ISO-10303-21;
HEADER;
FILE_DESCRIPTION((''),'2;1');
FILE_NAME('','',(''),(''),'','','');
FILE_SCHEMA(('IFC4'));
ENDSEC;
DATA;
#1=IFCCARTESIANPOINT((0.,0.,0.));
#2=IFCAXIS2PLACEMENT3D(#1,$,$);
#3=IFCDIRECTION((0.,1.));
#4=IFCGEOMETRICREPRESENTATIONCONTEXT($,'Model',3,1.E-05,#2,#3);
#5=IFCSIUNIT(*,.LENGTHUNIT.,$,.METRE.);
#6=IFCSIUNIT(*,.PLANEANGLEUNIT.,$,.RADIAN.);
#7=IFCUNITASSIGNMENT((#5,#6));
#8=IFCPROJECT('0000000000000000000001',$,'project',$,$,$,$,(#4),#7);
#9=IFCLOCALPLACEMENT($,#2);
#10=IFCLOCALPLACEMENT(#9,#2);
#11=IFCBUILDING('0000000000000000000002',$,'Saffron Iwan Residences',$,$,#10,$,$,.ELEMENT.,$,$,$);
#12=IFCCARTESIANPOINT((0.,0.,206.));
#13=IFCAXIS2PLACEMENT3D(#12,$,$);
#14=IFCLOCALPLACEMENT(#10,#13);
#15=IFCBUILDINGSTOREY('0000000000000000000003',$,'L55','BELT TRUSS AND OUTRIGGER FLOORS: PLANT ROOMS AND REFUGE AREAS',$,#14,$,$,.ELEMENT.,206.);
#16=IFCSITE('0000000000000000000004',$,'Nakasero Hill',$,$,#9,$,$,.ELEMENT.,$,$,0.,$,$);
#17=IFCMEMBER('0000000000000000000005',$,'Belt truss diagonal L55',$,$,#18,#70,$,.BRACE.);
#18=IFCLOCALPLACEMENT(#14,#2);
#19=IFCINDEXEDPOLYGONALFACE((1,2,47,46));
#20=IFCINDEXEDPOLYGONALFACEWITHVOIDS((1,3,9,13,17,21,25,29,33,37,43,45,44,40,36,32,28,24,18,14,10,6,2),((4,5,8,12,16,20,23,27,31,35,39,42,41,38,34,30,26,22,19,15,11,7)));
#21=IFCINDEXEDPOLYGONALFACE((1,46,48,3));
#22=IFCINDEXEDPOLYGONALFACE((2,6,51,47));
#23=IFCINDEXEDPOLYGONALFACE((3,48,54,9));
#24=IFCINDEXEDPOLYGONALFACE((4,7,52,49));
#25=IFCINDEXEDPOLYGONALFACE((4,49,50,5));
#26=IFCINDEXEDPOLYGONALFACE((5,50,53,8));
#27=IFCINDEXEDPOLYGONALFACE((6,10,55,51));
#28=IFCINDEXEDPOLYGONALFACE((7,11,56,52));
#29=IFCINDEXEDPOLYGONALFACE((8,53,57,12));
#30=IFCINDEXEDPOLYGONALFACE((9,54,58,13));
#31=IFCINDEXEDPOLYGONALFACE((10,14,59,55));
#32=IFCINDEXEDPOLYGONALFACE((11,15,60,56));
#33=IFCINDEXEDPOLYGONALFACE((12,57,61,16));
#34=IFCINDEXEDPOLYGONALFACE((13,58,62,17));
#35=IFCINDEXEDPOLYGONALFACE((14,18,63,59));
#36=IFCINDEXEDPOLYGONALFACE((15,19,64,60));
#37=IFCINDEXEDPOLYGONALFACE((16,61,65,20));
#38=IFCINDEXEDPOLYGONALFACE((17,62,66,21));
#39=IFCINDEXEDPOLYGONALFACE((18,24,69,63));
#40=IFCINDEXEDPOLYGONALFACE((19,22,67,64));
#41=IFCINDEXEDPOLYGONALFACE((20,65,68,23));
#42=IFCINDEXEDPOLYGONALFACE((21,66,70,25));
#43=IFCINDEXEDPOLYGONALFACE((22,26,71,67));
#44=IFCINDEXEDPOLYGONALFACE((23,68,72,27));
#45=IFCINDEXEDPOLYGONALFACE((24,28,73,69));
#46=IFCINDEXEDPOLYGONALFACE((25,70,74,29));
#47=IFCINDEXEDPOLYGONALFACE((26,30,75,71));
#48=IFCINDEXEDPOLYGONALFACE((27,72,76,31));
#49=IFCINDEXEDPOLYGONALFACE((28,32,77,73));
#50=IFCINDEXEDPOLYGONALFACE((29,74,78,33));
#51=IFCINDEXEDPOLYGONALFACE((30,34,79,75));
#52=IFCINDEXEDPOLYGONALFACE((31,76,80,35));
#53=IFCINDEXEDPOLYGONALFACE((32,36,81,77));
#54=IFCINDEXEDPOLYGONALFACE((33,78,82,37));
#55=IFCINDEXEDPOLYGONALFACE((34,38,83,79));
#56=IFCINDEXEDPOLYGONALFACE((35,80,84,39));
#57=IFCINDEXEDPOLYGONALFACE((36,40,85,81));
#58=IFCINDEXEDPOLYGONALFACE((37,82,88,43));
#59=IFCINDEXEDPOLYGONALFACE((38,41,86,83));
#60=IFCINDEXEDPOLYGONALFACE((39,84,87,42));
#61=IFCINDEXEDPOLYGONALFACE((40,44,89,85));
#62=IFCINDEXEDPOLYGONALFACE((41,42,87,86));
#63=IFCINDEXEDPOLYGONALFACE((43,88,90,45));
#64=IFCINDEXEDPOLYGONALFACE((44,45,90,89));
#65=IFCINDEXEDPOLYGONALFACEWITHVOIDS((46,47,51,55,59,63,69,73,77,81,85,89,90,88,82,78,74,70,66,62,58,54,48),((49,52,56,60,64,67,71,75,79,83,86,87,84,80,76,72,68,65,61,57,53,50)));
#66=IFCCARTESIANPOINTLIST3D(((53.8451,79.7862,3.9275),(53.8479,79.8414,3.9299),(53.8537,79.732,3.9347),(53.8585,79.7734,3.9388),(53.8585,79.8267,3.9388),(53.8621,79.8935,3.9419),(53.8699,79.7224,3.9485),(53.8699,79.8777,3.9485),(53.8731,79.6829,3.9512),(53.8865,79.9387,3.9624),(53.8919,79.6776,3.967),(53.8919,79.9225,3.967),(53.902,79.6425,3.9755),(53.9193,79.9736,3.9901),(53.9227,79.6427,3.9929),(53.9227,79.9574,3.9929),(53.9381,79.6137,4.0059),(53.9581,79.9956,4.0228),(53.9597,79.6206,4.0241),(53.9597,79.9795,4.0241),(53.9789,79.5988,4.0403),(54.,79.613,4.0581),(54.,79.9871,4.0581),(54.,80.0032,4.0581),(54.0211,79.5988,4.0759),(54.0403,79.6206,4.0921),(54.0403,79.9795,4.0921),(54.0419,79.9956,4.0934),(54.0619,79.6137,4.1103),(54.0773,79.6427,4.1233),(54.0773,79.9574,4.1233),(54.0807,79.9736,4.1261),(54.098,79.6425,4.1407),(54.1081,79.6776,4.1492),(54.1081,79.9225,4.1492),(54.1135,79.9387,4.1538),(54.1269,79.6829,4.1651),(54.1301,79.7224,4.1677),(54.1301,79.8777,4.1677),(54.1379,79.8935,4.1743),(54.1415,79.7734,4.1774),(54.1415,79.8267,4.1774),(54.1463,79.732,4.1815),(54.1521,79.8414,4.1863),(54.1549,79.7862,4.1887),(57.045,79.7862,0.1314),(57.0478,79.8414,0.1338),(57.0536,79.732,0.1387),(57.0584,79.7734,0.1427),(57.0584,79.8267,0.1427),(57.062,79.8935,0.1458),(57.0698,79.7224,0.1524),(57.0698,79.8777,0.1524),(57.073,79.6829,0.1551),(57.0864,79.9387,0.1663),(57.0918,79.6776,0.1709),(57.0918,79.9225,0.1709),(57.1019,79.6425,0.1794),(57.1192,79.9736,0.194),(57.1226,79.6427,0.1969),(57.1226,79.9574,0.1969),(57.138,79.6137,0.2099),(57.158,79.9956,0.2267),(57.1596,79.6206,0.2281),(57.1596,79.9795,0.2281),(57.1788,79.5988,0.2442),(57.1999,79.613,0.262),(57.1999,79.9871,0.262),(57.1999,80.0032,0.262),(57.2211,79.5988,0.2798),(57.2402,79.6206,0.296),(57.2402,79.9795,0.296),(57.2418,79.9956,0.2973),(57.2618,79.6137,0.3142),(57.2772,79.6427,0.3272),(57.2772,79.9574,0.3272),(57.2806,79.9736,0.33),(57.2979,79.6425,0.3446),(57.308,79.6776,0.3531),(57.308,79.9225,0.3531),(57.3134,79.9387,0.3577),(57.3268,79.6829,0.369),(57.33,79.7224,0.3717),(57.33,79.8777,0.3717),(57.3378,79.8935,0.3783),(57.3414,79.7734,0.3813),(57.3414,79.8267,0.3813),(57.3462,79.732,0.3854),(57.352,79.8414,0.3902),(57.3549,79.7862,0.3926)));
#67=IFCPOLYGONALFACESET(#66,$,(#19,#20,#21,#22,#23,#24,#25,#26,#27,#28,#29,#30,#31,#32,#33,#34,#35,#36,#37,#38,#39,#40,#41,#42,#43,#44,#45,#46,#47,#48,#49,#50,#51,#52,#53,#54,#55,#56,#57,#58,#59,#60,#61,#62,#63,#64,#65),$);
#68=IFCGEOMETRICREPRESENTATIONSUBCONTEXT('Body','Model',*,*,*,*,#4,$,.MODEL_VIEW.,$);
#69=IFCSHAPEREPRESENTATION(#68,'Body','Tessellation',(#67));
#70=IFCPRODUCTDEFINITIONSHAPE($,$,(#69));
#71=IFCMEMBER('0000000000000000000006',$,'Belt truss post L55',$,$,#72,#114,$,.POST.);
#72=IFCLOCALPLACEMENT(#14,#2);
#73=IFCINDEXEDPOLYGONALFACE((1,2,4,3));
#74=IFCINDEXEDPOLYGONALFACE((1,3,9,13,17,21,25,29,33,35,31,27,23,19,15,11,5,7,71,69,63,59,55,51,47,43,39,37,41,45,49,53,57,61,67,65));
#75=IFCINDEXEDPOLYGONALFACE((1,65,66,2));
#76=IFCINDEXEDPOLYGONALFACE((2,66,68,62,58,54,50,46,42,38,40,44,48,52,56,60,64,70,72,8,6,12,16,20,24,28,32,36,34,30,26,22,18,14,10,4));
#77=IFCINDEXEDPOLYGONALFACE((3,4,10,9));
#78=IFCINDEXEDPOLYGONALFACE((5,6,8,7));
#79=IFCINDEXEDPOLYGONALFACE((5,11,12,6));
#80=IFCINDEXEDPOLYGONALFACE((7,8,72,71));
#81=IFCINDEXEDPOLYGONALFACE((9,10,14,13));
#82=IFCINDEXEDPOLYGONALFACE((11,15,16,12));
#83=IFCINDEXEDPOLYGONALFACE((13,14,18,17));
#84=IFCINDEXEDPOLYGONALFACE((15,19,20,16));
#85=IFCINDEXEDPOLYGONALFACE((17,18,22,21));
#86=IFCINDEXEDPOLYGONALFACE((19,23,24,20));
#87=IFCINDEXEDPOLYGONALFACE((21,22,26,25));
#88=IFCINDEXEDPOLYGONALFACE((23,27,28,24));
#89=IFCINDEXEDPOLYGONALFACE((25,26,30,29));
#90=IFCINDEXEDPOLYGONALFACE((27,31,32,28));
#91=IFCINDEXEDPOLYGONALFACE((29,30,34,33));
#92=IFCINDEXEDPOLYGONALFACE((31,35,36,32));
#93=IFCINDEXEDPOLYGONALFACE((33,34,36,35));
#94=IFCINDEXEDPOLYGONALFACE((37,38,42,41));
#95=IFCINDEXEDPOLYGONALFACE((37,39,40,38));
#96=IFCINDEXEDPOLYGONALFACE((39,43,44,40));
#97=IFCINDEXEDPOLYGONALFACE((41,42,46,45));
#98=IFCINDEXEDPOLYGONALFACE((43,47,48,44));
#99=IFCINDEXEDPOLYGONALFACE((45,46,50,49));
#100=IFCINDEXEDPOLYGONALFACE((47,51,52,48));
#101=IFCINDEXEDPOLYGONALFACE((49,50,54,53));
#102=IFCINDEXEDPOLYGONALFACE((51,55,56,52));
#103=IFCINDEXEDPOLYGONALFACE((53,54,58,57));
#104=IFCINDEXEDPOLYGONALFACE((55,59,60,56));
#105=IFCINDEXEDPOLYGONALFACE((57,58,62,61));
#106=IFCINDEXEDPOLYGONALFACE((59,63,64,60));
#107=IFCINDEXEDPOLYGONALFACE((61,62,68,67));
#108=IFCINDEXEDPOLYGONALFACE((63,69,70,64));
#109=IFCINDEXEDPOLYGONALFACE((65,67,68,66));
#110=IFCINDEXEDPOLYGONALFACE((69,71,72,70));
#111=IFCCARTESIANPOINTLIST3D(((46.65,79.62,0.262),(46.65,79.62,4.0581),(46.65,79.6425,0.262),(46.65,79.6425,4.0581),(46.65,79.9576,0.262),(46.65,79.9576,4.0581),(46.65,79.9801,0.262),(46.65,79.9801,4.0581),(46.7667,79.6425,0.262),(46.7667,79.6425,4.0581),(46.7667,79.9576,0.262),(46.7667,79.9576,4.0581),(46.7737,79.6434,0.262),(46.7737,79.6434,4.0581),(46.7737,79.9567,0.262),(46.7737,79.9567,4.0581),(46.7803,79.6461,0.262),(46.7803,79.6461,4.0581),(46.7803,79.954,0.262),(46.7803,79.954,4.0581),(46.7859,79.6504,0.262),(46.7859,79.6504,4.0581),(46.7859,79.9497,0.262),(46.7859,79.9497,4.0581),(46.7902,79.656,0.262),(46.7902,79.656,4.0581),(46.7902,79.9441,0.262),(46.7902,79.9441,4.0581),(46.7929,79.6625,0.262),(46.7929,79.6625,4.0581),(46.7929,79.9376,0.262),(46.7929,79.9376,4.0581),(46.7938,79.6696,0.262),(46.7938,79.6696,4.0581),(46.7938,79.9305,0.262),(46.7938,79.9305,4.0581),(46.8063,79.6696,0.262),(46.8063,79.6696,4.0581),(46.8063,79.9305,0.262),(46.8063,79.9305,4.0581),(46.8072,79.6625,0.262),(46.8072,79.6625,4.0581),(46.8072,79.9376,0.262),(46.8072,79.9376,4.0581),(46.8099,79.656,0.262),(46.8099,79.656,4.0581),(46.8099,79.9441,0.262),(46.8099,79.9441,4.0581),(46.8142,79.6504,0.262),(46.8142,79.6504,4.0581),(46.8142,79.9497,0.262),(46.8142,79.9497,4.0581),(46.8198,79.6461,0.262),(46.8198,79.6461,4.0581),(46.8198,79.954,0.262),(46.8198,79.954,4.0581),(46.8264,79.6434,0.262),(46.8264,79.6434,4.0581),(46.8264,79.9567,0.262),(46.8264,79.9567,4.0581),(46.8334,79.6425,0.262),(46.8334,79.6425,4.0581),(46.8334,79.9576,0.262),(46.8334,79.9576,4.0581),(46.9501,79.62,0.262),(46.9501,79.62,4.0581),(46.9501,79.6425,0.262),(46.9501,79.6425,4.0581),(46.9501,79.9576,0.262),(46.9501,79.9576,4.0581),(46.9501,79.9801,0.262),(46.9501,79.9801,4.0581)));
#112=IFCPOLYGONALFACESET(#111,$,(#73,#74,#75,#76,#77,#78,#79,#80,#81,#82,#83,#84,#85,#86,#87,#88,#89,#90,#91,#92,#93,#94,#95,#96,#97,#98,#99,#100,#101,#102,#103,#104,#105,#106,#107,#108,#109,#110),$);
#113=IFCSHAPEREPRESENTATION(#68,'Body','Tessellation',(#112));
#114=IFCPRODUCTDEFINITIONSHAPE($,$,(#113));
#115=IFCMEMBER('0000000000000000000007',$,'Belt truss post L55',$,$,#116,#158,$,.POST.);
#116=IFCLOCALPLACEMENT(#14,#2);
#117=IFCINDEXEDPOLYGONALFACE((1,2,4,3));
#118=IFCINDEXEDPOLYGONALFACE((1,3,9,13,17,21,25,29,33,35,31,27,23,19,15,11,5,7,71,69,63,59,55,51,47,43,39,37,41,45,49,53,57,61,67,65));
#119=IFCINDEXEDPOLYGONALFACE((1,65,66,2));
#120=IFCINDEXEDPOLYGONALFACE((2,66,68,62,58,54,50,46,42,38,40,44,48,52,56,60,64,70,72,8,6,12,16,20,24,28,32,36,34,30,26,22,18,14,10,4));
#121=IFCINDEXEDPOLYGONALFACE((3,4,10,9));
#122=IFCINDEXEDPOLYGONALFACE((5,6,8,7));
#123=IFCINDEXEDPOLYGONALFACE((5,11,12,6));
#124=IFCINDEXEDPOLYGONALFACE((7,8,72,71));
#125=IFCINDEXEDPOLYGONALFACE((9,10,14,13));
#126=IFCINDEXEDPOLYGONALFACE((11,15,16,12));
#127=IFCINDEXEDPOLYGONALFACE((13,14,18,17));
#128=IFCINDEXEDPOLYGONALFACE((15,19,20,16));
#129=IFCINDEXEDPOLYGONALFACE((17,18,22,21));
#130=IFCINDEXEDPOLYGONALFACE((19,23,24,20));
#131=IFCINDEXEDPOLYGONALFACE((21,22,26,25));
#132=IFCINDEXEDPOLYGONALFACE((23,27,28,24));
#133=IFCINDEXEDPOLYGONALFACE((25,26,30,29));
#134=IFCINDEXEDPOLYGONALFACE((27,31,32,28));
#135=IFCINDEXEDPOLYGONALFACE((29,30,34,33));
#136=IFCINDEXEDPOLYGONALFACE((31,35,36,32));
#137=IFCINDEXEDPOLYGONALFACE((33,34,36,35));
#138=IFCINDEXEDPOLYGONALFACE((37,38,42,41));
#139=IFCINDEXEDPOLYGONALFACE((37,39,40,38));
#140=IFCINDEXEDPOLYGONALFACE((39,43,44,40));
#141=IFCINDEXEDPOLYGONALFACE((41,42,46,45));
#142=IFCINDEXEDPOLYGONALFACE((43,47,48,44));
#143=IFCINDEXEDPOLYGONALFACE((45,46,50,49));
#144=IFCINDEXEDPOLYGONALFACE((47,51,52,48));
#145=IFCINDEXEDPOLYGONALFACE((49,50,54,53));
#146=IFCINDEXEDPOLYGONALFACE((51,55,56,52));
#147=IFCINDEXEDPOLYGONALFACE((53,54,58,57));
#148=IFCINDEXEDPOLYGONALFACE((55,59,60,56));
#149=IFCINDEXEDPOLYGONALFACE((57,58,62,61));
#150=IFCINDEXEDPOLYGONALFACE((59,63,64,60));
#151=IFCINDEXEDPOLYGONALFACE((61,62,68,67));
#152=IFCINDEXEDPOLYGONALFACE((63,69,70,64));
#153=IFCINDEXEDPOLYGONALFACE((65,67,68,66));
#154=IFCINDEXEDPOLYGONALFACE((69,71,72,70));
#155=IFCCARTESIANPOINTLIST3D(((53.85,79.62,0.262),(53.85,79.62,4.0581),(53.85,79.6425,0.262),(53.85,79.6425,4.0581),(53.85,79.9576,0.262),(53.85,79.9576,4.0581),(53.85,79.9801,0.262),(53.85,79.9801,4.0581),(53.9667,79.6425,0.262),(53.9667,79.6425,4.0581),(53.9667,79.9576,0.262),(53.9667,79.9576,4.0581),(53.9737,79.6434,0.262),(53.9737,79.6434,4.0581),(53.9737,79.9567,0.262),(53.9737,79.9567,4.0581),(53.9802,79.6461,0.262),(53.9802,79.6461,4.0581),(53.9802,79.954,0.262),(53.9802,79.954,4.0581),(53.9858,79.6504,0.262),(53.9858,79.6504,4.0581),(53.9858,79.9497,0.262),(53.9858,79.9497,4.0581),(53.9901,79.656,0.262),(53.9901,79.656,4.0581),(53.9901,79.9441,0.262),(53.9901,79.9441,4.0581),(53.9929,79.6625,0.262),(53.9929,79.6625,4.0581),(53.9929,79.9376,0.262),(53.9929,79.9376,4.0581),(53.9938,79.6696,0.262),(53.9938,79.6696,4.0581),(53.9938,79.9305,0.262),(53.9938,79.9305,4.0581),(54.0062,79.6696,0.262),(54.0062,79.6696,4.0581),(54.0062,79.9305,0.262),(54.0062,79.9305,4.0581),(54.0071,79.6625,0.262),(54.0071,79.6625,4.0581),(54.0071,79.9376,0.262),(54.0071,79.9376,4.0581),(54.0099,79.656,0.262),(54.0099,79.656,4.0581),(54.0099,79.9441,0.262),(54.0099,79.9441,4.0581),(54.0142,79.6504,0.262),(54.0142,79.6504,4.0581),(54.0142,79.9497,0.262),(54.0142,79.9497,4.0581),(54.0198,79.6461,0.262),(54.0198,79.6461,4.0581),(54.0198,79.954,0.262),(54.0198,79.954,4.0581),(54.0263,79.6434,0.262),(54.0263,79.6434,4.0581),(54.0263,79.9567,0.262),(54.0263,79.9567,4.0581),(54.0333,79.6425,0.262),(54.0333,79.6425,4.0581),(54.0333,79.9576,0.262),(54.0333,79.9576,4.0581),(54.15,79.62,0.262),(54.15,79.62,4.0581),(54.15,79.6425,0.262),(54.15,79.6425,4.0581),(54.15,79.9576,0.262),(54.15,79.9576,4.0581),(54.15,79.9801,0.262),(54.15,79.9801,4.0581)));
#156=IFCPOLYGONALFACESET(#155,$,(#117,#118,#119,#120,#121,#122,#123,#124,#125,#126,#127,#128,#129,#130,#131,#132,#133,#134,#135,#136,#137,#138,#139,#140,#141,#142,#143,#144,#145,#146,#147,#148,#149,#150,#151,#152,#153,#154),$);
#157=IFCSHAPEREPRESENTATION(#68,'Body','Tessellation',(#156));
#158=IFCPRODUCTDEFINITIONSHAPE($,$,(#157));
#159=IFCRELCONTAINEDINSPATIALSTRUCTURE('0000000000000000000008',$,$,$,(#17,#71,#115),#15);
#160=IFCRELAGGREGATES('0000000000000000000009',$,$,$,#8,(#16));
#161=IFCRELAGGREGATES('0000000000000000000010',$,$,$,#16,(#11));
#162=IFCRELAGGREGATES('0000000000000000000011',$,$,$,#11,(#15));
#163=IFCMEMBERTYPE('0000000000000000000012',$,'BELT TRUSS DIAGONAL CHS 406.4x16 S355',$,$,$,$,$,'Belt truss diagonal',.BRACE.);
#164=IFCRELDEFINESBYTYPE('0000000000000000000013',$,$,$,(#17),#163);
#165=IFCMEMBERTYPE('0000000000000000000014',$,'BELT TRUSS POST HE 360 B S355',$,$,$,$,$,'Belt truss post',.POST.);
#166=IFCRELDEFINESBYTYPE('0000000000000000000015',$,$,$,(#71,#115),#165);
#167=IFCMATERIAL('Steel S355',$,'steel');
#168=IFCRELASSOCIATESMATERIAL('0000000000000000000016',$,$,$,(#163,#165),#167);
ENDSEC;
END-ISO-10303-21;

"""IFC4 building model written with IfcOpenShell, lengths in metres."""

from ifc_helpers import new_model, si_unit, direction, frame, origin, origin_2d, place, context, subcontext, project, spatial, hollow_circle, i_section, extrude, source, transform, mapped, material, material_profile, profile_set, type_object, element, save


model = new_model("IFC4")

# Units and contexts
model_context = context("Model", 3, precision=1e-05, world=origin(), true_north=direction((0.0, 1.0)))
body_context = subcontext(model_context, "Body", "Model", "MODEL_VIEW")
ifc_project = project(units=[si_unit("LENGTHUNIT", "METRE"), si_unit("PLANEANGLEUNIT", "RADIAN")], contexts=[model_context])

# Site, building, storey
site_placement = place(None, origin())
site = spatial("IfcSite", under=ifc_project, at=site_placement, Name="Nakasero Hill", CompositionType="ELEMENT", RefElevation=0.0)
building_placement = place(site_placement, origin())
building = spatial("IfcBuilding", under=site, at=building_placement, Name="Saffron Iwan Residences", CompositionType="ELEMENT")
storey_placement = place(building_placement, frame((0.0, 0.0, 206.0)))
storey = spatial("IfcBuildingStorey", under=building, at=storey_placement, Name="L55", Description="BELT TRUSS AND OUTRIGGER FLOORS: PLANT ROOMS AND REFUGE AREAS", CompositionType="ELEMENT", Elevation=206.0)

# Members
ifc_material_1 = material(Name="Steel S355", Category="steel")
ifc_material_profile_1 = material_profile(ifc_material_1, hollow_circle(Radius=0.2031, WallThickness=0.0161, at=origin_2d()), Name="CHS 406.4x16")
ifc_profile_set_1 = profile_set([ifc_material_profile_1], Name="Steel S355")
member_type_1 = type_object("IfcMemberType", Name="BELT TRUSS DIAGONAL CHS 406.4x16 S355", ElementType="Belt truss diagonal", PredefinedType="BRACE", material=ifc_profile_set_1)
shared_shape_1 = source(origin(), body_context, "Body", "SweptSolid", [
    extrude(hollow_circle(Radius=0.2031, WallThickness=0.0161, at=origin_2d()), origin(), (0.0, 0.0, 1.0), 4.9648),
])
for number, where, z_axis, x_axis, name in (
    (1, (54.0, 79.8, 4.0581), (0.644513, 0.0, -0.764594), (0.0, 1.0, 0.0), "Belt truss diagonal L55"),
):
    element("IfcMember", number, at=place(storey_placement, frame(where, z_axis=z_axis, x_axis=x_axis)), inside=storey, type_object=member_type_1, Name=name, PredefinedType="BRACE", context=body_context, shape_type="MappedRepresentation", body=[
        mapped(shared_shape_1, transform((0.0, 0.0, 0.0))),
    ])
ifc_material_profile_2 = material_profile(ifc_material_1, i_section(OverallWidth=0.3, OverallDepth=0.3601, WebThickness=0.0125, FlangeThickness=0.0225, FilletRadius=0.0271, at=origin_2d()), Name="HE 360 B")
ifc_profile_set_2 = profile_set([ifc_material_profile_2], Name="Steel S355")
member_type_2 = type_object("IfcMemberType", Name="BELT TRUSS POST HE 360 B S355", ElementType="Belt truss post", PredefinedType="POST", material=ifc_profile_set_2)
shared_shape_2 = source(origin(), body_context, "Body", "SweptSolid", [
    extrude(i_section(OverallWidth=0.3, OverallDepth=0.3601, WebThickness=0.0125, FlangeThickness=0.0225, FilletRadius=0.0271, at=origin_2d()), origin(), (0.0, 0.0, 1.0), 3.7961),
])
for number, where, z_axis, x_axis, name in (
    (2, (46.8, 79.8, 0.262), (0.0, 0.0, 1.0), (1.0, 0.0, 0.0), "Belt truss post L55"),
    (3, (54.0, 79.8, 0.262), (0.0, 0.0, 1.0), (1.0, 0.0, 0.0), "Belt truss post L55"),
):
    element("IfcMember", number, at=place(storey_placement, frame(where, z_axis=z_axis, x_axis=x_axis)), inside=storey, type_object=member_type_2, Name=name, PredefinedType="POST", context=body_context, shape_type="MappedRepresentation", body=[
        mapped(shared_shape_2, transform((0.0, 0.0, 0.0))),
    ])

save(model, "model.ifc")
